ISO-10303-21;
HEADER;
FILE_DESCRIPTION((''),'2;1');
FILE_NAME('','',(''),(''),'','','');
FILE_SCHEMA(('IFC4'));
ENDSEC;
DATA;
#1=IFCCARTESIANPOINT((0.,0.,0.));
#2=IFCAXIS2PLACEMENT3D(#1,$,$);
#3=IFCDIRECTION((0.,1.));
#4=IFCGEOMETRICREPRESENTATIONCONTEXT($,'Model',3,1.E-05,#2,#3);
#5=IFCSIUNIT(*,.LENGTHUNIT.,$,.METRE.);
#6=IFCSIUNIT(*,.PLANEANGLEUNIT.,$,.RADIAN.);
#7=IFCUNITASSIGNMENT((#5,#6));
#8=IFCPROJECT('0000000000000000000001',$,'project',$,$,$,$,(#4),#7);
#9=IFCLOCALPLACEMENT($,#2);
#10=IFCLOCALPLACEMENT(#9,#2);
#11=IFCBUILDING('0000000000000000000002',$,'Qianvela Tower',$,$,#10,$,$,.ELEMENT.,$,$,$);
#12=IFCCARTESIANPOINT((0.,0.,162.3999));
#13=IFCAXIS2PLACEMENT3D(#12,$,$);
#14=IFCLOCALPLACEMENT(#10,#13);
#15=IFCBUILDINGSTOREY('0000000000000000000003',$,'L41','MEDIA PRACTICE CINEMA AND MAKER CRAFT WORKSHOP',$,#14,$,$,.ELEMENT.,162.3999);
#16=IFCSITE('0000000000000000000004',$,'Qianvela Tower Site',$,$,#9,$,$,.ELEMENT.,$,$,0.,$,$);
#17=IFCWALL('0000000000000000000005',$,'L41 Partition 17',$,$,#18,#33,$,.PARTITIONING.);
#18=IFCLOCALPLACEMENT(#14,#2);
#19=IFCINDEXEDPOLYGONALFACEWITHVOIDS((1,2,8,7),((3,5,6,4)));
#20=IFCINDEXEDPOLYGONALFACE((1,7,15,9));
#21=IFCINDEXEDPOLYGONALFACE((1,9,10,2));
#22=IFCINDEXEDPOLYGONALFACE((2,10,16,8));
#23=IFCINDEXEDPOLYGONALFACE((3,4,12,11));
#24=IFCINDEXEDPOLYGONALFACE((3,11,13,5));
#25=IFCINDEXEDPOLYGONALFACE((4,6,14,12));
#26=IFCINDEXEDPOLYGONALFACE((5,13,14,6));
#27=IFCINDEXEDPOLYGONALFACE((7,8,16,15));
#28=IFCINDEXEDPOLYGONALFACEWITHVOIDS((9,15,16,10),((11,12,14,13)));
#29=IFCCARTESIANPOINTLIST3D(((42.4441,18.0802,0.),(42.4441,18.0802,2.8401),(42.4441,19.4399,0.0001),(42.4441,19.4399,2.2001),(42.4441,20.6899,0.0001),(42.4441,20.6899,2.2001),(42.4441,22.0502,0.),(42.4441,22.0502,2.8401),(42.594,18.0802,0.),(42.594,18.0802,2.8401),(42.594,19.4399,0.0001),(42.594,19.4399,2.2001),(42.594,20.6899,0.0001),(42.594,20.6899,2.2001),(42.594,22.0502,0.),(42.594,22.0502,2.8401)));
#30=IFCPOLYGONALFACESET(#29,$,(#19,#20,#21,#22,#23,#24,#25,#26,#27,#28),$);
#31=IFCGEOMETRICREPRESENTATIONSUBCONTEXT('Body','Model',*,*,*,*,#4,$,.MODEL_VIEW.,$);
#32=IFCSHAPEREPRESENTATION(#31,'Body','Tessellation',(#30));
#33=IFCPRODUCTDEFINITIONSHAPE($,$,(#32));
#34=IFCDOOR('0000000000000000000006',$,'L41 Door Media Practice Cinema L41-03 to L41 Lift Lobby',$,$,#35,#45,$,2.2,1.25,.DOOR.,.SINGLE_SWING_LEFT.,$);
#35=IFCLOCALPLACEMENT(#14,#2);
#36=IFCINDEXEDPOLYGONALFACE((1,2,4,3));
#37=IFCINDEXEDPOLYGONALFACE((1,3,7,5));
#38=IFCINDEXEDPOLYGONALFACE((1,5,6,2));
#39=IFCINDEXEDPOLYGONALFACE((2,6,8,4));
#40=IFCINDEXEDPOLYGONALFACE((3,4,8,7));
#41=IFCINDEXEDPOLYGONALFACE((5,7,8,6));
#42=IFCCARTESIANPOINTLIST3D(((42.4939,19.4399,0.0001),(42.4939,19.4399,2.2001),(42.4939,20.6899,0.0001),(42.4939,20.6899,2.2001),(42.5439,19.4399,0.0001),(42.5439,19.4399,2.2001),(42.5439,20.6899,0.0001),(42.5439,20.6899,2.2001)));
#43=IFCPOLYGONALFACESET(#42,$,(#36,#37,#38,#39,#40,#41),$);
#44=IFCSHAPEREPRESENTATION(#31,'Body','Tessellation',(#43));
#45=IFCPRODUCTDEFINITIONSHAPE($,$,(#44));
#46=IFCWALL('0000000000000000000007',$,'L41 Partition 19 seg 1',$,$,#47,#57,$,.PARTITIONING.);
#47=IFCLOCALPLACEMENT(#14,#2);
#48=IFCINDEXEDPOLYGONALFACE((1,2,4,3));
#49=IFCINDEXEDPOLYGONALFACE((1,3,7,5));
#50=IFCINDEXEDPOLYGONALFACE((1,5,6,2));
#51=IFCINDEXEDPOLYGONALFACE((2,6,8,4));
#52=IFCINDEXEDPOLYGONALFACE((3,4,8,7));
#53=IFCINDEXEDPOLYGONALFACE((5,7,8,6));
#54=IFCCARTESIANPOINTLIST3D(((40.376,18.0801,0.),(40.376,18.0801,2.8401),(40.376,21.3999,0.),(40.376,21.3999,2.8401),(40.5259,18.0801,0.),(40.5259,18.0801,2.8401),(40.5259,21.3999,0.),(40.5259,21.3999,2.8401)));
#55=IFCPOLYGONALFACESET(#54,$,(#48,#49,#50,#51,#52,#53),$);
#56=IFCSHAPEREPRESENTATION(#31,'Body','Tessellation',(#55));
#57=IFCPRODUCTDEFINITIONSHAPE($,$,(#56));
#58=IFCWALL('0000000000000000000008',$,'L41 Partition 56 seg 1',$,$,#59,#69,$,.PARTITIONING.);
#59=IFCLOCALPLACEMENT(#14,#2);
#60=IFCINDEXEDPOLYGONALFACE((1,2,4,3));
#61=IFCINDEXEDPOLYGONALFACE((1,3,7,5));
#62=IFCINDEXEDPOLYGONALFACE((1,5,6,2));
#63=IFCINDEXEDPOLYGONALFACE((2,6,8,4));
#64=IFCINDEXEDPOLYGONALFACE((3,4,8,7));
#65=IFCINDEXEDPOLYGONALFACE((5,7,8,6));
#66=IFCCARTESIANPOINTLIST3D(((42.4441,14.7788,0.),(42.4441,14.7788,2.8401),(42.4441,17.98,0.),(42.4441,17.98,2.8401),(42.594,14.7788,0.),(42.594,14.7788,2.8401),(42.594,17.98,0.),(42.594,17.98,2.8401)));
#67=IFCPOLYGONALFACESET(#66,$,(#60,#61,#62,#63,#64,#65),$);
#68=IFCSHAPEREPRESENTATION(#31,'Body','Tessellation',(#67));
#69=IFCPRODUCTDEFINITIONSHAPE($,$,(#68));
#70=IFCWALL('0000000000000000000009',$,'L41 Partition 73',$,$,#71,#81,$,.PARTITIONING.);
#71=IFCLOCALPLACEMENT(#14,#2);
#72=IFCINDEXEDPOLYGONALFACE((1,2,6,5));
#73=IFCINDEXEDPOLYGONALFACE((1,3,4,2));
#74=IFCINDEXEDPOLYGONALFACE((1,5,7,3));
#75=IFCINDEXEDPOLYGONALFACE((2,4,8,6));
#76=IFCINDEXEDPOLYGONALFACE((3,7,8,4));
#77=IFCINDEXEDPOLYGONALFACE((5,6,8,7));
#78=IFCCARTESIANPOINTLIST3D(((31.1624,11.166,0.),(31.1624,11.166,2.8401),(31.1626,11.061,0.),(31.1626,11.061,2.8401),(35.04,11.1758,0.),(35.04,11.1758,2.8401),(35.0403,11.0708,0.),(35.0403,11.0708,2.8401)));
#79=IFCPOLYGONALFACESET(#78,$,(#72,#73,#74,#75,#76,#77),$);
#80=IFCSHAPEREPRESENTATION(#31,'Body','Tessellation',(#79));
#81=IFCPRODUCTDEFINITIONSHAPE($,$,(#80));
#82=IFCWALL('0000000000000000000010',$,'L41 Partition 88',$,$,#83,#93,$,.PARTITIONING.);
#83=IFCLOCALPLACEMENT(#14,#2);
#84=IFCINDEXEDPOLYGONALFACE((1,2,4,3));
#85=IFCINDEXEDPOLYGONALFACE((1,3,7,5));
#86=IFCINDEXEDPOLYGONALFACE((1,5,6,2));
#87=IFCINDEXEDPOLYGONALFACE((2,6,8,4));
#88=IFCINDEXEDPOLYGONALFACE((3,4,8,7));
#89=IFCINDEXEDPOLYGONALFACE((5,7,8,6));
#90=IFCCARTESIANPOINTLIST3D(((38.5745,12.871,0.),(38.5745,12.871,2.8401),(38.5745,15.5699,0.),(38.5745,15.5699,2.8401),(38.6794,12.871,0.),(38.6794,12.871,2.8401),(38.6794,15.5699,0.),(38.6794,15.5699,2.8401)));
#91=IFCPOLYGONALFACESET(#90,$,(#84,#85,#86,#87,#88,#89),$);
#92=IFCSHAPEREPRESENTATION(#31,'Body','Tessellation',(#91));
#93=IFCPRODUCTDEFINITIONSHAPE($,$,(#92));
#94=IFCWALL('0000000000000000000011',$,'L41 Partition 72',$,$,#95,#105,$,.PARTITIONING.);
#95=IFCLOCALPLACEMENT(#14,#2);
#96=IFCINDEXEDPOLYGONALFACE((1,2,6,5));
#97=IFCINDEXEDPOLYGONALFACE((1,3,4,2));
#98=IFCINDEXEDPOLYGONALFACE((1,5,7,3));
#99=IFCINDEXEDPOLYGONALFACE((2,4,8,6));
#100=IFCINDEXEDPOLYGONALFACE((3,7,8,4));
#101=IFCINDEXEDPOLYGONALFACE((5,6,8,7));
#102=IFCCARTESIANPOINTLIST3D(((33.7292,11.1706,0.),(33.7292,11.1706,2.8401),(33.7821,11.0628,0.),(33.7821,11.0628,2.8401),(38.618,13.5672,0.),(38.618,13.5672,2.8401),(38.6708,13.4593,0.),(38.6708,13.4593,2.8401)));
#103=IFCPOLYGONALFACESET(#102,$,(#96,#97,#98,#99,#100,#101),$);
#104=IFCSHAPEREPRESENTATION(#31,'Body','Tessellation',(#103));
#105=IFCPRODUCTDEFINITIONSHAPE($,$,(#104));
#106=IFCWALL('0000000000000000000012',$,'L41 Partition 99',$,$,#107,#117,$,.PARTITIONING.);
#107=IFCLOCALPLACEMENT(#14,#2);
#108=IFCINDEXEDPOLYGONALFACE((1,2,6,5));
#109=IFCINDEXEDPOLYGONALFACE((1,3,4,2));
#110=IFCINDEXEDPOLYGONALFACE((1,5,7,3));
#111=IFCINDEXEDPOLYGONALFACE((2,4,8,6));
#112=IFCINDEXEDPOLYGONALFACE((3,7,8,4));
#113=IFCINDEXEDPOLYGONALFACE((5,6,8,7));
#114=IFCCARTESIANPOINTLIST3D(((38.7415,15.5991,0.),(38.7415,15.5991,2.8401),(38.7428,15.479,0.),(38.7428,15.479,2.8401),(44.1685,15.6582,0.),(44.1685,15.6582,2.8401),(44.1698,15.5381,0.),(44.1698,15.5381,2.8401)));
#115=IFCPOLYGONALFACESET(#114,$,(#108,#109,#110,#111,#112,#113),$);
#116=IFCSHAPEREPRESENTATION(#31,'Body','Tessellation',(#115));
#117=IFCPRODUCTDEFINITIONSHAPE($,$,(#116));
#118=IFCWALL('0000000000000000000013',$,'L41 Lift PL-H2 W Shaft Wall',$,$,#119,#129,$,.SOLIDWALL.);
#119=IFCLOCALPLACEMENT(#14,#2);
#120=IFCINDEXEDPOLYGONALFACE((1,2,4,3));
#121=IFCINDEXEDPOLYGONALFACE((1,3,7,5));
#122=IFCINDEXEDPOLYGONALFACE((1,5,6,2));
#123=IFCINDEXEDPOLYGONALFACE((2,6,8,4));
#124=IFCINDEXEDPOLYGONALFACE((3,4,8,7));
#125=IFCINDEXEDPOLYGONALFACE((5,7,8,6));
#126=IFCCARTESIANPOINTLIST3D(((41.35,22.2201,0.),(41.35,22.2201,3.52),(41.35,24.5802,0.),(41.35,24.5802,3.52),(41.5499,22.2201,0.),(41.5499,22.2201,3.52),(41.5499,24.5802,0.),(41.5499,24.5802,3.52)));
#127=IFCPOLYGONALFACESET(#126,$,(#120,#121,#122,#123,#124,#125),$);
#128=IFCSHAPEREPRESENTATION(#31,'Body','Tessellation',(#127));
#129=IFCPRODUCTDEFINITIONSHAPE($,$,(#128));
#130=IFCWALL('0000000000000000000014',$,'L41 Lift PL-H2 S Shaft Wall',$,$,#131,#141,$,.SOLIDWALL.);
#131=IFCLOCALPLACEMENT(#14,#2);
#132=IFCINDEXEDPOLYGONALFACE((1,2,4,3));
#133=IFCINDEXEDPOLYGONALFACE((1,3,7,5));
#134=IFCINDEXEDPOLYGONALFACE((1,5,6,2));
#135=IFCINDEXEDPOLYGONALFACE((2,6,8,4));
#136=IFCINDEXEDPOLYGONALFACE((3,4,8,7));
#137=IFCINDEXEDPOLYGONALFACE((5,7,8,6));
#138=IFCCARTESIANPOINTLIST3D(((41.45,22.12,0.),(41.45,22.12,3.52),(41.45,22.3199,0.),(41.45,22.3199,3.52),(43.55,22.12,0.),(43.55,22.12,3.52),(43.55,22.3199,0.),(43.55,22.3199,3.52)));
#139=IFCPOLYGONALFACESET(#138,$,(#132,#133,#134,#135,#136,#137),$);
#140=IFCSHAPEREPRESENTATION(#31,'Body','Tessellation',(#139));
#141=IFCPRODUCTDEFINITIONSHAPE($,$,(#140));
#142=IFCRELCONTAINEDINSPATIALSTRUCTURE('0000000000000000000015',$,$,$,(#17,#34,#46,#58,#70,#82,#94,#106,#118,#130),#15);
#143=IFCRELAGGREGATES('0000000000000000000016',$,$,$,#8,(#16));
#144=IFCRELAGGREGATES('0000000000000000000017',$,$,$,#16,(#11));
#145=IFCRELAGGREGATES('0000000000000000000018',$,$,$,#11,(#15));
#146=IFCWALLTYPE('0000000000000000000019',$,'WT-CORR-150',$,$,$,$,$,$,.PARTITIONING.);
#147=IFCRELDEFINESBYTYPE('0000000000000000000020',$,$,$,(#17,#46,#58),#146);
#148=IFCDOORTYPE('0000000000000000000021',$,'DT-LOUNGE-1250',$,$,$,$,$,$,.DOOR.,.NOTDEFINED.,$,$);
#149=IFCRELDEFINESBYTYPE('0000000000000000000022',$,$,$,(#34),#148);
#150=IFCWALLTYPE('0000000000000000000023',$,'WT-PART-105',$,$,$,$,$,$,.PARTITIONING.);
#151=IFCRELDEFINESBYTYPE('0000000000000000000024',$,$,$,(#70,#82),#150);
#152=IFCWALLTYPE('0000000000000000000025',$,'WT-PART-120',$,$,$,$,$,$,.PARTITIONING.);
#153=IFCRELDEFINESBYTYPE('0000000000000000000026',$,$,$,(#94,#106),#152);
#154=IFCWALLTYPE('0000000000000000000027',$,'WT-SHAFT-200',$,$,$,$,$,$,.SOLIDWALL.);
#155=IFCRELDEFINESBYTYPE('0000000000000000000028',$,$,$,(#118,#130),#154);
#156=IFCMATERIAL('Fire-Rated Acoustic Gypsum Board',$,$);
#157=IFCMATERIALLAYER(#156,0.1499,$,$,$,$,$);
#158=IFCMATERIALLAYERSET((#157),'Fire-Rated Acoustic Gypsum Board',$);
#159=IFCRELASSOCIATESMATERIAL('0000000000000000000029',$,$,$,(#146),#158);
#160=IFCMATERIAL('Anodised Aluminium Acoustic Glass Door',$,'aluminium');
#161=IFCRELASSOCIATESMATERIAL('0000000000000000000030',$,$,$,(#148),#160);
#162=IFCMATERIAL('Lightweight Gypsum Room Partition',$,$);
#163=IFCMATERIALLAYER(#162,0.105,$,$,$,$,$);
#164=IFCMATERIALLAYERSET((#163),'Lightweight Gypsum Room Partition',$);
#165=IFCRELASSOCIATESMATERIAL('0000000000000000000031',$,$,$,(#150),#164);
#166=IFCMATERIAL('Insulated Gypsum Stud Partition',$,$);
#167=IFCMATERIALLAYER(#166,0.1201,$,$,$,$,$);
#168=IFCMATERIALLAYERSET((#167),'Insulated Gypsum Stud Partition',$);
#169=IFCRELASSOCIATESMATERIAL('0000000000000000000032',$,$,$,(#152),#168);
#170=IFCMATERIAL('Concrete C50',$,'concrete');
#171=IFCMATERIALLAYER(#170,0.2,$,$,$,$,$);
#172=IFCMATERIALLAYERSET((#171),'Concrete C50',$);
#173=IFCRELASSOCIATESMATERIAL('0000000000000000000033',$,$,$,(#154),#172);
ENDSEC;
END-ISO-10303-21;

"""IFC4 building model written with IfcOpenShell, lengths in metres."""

from ifc_helpers import new_model, si_unit, direction, frame, frame_2d, origin, place, context, subcontext, project, spatial, rectangle, extrude, material, layer, layer_set, type_object, element, fill, save


model = new_model("IFC4")

# Units and contexts
model_context = context("Model", 3, precision=1e-05, world=origin(), true_north=direction((0.0, 1.0)))
body_context = subcontext(model_context, "Body", "Model", "MODEL_VIEW")
ifc_project = project(units=[si_unit("LENGTHUNIT", "METRE"), si_unit("PLANEANGLEUNIT", "RADIAN")], contexts=[model_context])

# Site, building, storey
site_placement = place(None, origin())
site = spatial("IfcSite", under=ifc_project, at=site_placement, Name="Qianvela Tower Site", CompositionType="ELEMENT", RefElevation=0.0)
building_placement = place(site_placement, origin())
building = spatial("IfcBuilding", under=site, at=building_placement, Name="Qianvela Tower", CompositionType="ELEMENT")
storey_placement = place(building_placement, frame((0.0, 0.0, 162.3999)))
storey = spatial("IfcBuildingStorey", under=building, at=storey_placement, Name="L41", Description="MEDIA PRACTICE CINEMA AND MAKER CRAFT WORKSHOP", CompositionType="ELEMENT", Elevation=162.3999)

# Shared definitions
ifc_material_1 = material(Name="Fire-Rated Acoustic Gypsum Board")
ifc_layer_1 = layer(ifc_material_1, 0.1499)
ifc_layer_set_1 = layer_set([ifc_layer_1], Name="Fire-Rated Acoustic Gypsum Board")
wall_type_1 = type_object("IfcWallType", Name="WT-CORR-150", PredefinedType="PARTITIONING", material=ifc_layer_set_1)

# Wall, opening, door
wall_1_placement = place(storey_placement, frame((42.519, 22.05, 0.0), z_axis=(0.0, 0.0, 1.0), x_axis=(0.0, -1.0, 0.0)))
wall_1 = element("IfcWall", 1, at=wall_1_placement, inside=storey, type_object=wall_type_1, Name="L41 Partition 17", PredefinedType="PARTITIONING", context=body_context, shape_type="SweptSolid", body=[
    extrude(rectangle(XDim=3.97, YDim=0.1499, at=frame_2d((1.9849, 0.0))), origin(), (0.0, 0.0, 1.0), 2.8401),
])
opening_1_placement = place(wall_1_placement, frame((1.3601, 0.0, 0.0)))
opening_1 = element("IfcOpeningElement", 2, at=opening_1_placement, cuts=wall_1, PredefinedType="OPENING", context=body_context, shape_type="SweptSolid", body=[
    extrude(rectangle(XDim=1.25, YDim=2.2, at=frame_2d((0.625, 1.1001))), frame((0.0, 0.085, 0.0), z_axis=(0.0, -1.0, 0.0), x_axis=(1.0, 0.0, 0.0)), (0.0, 0.0, 1.0), 0.1699),
])
ifc_material_2 = material(Name="Anodised Aluminium Acoustic Glass Door", Category="aluminium")
door_type_1 = type_object("IfcDoorType", Name="DT-LOUNGE-1250", OperationType="NOTDEFINED", PredefinedType="DOOR", material=ifc_material_2)
door_1_placement = place(opening_1_placement, origin())
door_1 = element("IfcDoor", 3, at=door_1_placement, inside=storey, type_object=door_type_1, Name="L41 Door Media Practice Cinema L41-03 to L41 Lift Lobby", OperationType="SINGLE_SWING_LEFT", OverallHeight=2.2, OverallWidth=1.25, PredefinedType="DOOR", context=body_context, shape_type="SweptSolid", body=[
    extrude(rectangle(XDim=1.25, YDim=2.2, at=frame_2d((0.625, 1.1001))), frame((0.0, 0.0249, 0.0), z_axis=(0.0, -1.0, 0.0), x_axis=(1.0, 0.0, 0.0)), (0.0, 0.0, 1.0), 0.05),
])
fill(opening_1, door_1)

# Walls
wall_2_placement = place(storey_placement, frame((40.4509, 18.0801, 0.0), z_axis=(0.0, 0.0, 1.0), x_axis=(0.0, 1.0, 0.0)))
element("IfcWall", 4, at=wall_2_placement, inside=storey, type_object=wall_type_1, Name="L41 Partition 19 seg 1", PredefinedType="PARTITIONING", context=body_context, shape_type="SweptSolid", body=[
    extrude(rectangle(XDim=3.3198, YDim=0.1499, at=frame_2d((1.6599, 0.0))), origin(), (0.0, 0.0, 1.0), 2.8401),
])
wall_3_placement = place(storey_placement, frame((42.519, 17.98, 0.0), z_axis=(0.0, 0.0, 1.0), x_axis=(0.0, -1.0, 0.0)))
element("IfcWall", 5, at=wall_3_placement, inside=storey, type_object=wall_type_1, Name="L41 Partition 56 seg 1", PredefinedType="PARTITIONING", context=body_context, shape_type="SweptSolid", body=[
    extrude(rectangle(XDim=3.2012, YDim=0.1499, at=frame_2d((1.6006, 0.0))), origin(), (0.0, 0.0, 1.0), 2.8401),
])
ifc_material_3 = material(Name="Lightweight Gypsum Room Partition")
ifc_layer_2 = layer(ifc_material_3, 0.105)
ifc_layer_set_2 = layer_set([ifc_layer_2], Name="Lightweight Gypsum Room Partition")
wall_type_2 = type_object("IfcWallType", Name="WT-PART-105", PredefinedType="PARTITIONING", material=ifc_layer_set_2)
wall_4_placement = place(storey_placement, frame((35.0403, 11.1233, 0.0), z_axis=(0.0, 0.0, 1.0), x_axis=(-0.999997, -0.002518, 0.0)))
element("IfcWall", 6, at=wall_4_placement, inside=storey, type_object=wall_type_2, Name="L41 Partition 73", PredefinedType="PARTITIONING", context=body_context, shape_type="SweptSolid", body=[
    extrude(rectangle(XDim=3.8777, YDim=0.105, at=frame_2d((1.939, 0.0))), origin(), (0.0, 0.0, 1.0), 2.8401),
])
wall_5_placement = place(storey_placement, frame((38.627, 15.5701, 0.0), z_axis=(0.0, 0.0, 1.0), x_axis=(0.0, -1.0, 0.0)))
element("IfcWall", 7, at=wall_5_placement, inside=storey, type_object=wall_type_2, Name="L41 Partition 88", PredefinedType="PARTITIONING", context=body_context, shape_type="SweptSolid", body=[
    extrude(rectangle(XDim=2.699, YDim=0.105, at=frame_2d((1.3496, 0.0))), origin(), (0.0, 0.0, 1.0), 2.8401),
])
ifc_material_4 = material(Name="Insulated Gypsum Stud Partition")
ifc_layer_3 = layer(ifc_material_4, 0.1201)
ifc_layer_set_3 = layer_set([ifc_layer_3], Name="Insulated Gypsum Stud Partition")
wall_type_3 = type_object("IfcWallType", Name="WT-PART-120", PredefinedType="PARTITIONING", material=ifc_layer_set_3)
wall_6_placement = place(storey_placement, frame((38.6443, 13.5132, 0.0), z_axis=(0.0, 0.0, 1.0), x_axis=(-0.897915, -0.440169, 0.0)))
element("IfcWall", 8, at=wall_6_placement, inside=storey, type_object=wall_type_3, Name="L41 Partition 72", PredefinedType="PARTITIONING", context=body_context, shape_type="SweptSolid", body=[
    extrude(rectangle(XDim=5.4446, YDim=0.1201, at=frame_2d((2.7222, 0.0))), origin(), (0.0, 0.0, 1.0), 2.8401),
])
wall_7_placement = place(storey_placement, frame((38.7422, 15.5391, 0.0), z_axis=(0.0, 0.0, 1.0), x_axis=(0.999941, 0.010886, 0.0)))
element("IfcWall", 9, at=wall_7_placement, inside=storey, type_object=wall_type_3, Name="L41 Partition 99", PredefinedType="PARTITIONING", context=body_context, shape_type="SweptSolid", body=[
    extrude(rectangle(XDim=5.4272, YDim=0.1201, at=frame_2d((2.7136, 0.0))), origin(), (0.0, 0.0, 1.0), 2.8401),
])
ifc_material_5 = material(Name="Concrete C50", Category="concrete")
ifc_layer_4 = layer(ifc_material_5, 0.2)
ifc_layer_set_4 = layer_set([ifc_layer_4], Name="Concrete C50")
wall_type_4 = type_object("IfcWallType", Name="WT-SHAFT-200", PredefinedType="SOLIDWALL", material=ifc_layer_set_4)
wall_8_placement = place(storey_placement, frame((41.45, 22.22, 0.0), z_axis=(0.0, 0.0, 1.0), x_axis=(0.0, 1.0, 0.0)))
element("IfcWall", 10, at=wall_8_placement, inside=storey, type_object=wall_type_4, Name="L41 Lift PL-H2 W Shaft Wall", PredefinedType="SOLIDWALL", context=body_context, shape_type="SweptSolid", body=[
    extrude(rectangle(XDim=2.3601, YDim=0.2, at=frame_2d((1.1802, 0.0))), origin(), (0.0, 0.0, 1.0), 3.52),
])
wall_9_placement = place(storey_placement, frame((41.45, 22.22, 0.0), z_axis=(0.0, 0.0, 1.0), x_axis=(1.0, 0.0, 0.0)))
element("IfcWall", 11, at=wall_9_placement, inside=storey, type_object=wall_type_4, Name="L41 Lift PL-H2 S Shaft Wall", PredefinedType="SOLIDWALL", context=body_context, shape_type="SweptSolid", body=[
    extrude(rectangle(XDim=2.1001, YDim=0.2, at=frame_2d((1.05, 0.0))), origin(), (0.0, 0.0, 1.0), 3.52),
])

save(model, "model.ifc")
